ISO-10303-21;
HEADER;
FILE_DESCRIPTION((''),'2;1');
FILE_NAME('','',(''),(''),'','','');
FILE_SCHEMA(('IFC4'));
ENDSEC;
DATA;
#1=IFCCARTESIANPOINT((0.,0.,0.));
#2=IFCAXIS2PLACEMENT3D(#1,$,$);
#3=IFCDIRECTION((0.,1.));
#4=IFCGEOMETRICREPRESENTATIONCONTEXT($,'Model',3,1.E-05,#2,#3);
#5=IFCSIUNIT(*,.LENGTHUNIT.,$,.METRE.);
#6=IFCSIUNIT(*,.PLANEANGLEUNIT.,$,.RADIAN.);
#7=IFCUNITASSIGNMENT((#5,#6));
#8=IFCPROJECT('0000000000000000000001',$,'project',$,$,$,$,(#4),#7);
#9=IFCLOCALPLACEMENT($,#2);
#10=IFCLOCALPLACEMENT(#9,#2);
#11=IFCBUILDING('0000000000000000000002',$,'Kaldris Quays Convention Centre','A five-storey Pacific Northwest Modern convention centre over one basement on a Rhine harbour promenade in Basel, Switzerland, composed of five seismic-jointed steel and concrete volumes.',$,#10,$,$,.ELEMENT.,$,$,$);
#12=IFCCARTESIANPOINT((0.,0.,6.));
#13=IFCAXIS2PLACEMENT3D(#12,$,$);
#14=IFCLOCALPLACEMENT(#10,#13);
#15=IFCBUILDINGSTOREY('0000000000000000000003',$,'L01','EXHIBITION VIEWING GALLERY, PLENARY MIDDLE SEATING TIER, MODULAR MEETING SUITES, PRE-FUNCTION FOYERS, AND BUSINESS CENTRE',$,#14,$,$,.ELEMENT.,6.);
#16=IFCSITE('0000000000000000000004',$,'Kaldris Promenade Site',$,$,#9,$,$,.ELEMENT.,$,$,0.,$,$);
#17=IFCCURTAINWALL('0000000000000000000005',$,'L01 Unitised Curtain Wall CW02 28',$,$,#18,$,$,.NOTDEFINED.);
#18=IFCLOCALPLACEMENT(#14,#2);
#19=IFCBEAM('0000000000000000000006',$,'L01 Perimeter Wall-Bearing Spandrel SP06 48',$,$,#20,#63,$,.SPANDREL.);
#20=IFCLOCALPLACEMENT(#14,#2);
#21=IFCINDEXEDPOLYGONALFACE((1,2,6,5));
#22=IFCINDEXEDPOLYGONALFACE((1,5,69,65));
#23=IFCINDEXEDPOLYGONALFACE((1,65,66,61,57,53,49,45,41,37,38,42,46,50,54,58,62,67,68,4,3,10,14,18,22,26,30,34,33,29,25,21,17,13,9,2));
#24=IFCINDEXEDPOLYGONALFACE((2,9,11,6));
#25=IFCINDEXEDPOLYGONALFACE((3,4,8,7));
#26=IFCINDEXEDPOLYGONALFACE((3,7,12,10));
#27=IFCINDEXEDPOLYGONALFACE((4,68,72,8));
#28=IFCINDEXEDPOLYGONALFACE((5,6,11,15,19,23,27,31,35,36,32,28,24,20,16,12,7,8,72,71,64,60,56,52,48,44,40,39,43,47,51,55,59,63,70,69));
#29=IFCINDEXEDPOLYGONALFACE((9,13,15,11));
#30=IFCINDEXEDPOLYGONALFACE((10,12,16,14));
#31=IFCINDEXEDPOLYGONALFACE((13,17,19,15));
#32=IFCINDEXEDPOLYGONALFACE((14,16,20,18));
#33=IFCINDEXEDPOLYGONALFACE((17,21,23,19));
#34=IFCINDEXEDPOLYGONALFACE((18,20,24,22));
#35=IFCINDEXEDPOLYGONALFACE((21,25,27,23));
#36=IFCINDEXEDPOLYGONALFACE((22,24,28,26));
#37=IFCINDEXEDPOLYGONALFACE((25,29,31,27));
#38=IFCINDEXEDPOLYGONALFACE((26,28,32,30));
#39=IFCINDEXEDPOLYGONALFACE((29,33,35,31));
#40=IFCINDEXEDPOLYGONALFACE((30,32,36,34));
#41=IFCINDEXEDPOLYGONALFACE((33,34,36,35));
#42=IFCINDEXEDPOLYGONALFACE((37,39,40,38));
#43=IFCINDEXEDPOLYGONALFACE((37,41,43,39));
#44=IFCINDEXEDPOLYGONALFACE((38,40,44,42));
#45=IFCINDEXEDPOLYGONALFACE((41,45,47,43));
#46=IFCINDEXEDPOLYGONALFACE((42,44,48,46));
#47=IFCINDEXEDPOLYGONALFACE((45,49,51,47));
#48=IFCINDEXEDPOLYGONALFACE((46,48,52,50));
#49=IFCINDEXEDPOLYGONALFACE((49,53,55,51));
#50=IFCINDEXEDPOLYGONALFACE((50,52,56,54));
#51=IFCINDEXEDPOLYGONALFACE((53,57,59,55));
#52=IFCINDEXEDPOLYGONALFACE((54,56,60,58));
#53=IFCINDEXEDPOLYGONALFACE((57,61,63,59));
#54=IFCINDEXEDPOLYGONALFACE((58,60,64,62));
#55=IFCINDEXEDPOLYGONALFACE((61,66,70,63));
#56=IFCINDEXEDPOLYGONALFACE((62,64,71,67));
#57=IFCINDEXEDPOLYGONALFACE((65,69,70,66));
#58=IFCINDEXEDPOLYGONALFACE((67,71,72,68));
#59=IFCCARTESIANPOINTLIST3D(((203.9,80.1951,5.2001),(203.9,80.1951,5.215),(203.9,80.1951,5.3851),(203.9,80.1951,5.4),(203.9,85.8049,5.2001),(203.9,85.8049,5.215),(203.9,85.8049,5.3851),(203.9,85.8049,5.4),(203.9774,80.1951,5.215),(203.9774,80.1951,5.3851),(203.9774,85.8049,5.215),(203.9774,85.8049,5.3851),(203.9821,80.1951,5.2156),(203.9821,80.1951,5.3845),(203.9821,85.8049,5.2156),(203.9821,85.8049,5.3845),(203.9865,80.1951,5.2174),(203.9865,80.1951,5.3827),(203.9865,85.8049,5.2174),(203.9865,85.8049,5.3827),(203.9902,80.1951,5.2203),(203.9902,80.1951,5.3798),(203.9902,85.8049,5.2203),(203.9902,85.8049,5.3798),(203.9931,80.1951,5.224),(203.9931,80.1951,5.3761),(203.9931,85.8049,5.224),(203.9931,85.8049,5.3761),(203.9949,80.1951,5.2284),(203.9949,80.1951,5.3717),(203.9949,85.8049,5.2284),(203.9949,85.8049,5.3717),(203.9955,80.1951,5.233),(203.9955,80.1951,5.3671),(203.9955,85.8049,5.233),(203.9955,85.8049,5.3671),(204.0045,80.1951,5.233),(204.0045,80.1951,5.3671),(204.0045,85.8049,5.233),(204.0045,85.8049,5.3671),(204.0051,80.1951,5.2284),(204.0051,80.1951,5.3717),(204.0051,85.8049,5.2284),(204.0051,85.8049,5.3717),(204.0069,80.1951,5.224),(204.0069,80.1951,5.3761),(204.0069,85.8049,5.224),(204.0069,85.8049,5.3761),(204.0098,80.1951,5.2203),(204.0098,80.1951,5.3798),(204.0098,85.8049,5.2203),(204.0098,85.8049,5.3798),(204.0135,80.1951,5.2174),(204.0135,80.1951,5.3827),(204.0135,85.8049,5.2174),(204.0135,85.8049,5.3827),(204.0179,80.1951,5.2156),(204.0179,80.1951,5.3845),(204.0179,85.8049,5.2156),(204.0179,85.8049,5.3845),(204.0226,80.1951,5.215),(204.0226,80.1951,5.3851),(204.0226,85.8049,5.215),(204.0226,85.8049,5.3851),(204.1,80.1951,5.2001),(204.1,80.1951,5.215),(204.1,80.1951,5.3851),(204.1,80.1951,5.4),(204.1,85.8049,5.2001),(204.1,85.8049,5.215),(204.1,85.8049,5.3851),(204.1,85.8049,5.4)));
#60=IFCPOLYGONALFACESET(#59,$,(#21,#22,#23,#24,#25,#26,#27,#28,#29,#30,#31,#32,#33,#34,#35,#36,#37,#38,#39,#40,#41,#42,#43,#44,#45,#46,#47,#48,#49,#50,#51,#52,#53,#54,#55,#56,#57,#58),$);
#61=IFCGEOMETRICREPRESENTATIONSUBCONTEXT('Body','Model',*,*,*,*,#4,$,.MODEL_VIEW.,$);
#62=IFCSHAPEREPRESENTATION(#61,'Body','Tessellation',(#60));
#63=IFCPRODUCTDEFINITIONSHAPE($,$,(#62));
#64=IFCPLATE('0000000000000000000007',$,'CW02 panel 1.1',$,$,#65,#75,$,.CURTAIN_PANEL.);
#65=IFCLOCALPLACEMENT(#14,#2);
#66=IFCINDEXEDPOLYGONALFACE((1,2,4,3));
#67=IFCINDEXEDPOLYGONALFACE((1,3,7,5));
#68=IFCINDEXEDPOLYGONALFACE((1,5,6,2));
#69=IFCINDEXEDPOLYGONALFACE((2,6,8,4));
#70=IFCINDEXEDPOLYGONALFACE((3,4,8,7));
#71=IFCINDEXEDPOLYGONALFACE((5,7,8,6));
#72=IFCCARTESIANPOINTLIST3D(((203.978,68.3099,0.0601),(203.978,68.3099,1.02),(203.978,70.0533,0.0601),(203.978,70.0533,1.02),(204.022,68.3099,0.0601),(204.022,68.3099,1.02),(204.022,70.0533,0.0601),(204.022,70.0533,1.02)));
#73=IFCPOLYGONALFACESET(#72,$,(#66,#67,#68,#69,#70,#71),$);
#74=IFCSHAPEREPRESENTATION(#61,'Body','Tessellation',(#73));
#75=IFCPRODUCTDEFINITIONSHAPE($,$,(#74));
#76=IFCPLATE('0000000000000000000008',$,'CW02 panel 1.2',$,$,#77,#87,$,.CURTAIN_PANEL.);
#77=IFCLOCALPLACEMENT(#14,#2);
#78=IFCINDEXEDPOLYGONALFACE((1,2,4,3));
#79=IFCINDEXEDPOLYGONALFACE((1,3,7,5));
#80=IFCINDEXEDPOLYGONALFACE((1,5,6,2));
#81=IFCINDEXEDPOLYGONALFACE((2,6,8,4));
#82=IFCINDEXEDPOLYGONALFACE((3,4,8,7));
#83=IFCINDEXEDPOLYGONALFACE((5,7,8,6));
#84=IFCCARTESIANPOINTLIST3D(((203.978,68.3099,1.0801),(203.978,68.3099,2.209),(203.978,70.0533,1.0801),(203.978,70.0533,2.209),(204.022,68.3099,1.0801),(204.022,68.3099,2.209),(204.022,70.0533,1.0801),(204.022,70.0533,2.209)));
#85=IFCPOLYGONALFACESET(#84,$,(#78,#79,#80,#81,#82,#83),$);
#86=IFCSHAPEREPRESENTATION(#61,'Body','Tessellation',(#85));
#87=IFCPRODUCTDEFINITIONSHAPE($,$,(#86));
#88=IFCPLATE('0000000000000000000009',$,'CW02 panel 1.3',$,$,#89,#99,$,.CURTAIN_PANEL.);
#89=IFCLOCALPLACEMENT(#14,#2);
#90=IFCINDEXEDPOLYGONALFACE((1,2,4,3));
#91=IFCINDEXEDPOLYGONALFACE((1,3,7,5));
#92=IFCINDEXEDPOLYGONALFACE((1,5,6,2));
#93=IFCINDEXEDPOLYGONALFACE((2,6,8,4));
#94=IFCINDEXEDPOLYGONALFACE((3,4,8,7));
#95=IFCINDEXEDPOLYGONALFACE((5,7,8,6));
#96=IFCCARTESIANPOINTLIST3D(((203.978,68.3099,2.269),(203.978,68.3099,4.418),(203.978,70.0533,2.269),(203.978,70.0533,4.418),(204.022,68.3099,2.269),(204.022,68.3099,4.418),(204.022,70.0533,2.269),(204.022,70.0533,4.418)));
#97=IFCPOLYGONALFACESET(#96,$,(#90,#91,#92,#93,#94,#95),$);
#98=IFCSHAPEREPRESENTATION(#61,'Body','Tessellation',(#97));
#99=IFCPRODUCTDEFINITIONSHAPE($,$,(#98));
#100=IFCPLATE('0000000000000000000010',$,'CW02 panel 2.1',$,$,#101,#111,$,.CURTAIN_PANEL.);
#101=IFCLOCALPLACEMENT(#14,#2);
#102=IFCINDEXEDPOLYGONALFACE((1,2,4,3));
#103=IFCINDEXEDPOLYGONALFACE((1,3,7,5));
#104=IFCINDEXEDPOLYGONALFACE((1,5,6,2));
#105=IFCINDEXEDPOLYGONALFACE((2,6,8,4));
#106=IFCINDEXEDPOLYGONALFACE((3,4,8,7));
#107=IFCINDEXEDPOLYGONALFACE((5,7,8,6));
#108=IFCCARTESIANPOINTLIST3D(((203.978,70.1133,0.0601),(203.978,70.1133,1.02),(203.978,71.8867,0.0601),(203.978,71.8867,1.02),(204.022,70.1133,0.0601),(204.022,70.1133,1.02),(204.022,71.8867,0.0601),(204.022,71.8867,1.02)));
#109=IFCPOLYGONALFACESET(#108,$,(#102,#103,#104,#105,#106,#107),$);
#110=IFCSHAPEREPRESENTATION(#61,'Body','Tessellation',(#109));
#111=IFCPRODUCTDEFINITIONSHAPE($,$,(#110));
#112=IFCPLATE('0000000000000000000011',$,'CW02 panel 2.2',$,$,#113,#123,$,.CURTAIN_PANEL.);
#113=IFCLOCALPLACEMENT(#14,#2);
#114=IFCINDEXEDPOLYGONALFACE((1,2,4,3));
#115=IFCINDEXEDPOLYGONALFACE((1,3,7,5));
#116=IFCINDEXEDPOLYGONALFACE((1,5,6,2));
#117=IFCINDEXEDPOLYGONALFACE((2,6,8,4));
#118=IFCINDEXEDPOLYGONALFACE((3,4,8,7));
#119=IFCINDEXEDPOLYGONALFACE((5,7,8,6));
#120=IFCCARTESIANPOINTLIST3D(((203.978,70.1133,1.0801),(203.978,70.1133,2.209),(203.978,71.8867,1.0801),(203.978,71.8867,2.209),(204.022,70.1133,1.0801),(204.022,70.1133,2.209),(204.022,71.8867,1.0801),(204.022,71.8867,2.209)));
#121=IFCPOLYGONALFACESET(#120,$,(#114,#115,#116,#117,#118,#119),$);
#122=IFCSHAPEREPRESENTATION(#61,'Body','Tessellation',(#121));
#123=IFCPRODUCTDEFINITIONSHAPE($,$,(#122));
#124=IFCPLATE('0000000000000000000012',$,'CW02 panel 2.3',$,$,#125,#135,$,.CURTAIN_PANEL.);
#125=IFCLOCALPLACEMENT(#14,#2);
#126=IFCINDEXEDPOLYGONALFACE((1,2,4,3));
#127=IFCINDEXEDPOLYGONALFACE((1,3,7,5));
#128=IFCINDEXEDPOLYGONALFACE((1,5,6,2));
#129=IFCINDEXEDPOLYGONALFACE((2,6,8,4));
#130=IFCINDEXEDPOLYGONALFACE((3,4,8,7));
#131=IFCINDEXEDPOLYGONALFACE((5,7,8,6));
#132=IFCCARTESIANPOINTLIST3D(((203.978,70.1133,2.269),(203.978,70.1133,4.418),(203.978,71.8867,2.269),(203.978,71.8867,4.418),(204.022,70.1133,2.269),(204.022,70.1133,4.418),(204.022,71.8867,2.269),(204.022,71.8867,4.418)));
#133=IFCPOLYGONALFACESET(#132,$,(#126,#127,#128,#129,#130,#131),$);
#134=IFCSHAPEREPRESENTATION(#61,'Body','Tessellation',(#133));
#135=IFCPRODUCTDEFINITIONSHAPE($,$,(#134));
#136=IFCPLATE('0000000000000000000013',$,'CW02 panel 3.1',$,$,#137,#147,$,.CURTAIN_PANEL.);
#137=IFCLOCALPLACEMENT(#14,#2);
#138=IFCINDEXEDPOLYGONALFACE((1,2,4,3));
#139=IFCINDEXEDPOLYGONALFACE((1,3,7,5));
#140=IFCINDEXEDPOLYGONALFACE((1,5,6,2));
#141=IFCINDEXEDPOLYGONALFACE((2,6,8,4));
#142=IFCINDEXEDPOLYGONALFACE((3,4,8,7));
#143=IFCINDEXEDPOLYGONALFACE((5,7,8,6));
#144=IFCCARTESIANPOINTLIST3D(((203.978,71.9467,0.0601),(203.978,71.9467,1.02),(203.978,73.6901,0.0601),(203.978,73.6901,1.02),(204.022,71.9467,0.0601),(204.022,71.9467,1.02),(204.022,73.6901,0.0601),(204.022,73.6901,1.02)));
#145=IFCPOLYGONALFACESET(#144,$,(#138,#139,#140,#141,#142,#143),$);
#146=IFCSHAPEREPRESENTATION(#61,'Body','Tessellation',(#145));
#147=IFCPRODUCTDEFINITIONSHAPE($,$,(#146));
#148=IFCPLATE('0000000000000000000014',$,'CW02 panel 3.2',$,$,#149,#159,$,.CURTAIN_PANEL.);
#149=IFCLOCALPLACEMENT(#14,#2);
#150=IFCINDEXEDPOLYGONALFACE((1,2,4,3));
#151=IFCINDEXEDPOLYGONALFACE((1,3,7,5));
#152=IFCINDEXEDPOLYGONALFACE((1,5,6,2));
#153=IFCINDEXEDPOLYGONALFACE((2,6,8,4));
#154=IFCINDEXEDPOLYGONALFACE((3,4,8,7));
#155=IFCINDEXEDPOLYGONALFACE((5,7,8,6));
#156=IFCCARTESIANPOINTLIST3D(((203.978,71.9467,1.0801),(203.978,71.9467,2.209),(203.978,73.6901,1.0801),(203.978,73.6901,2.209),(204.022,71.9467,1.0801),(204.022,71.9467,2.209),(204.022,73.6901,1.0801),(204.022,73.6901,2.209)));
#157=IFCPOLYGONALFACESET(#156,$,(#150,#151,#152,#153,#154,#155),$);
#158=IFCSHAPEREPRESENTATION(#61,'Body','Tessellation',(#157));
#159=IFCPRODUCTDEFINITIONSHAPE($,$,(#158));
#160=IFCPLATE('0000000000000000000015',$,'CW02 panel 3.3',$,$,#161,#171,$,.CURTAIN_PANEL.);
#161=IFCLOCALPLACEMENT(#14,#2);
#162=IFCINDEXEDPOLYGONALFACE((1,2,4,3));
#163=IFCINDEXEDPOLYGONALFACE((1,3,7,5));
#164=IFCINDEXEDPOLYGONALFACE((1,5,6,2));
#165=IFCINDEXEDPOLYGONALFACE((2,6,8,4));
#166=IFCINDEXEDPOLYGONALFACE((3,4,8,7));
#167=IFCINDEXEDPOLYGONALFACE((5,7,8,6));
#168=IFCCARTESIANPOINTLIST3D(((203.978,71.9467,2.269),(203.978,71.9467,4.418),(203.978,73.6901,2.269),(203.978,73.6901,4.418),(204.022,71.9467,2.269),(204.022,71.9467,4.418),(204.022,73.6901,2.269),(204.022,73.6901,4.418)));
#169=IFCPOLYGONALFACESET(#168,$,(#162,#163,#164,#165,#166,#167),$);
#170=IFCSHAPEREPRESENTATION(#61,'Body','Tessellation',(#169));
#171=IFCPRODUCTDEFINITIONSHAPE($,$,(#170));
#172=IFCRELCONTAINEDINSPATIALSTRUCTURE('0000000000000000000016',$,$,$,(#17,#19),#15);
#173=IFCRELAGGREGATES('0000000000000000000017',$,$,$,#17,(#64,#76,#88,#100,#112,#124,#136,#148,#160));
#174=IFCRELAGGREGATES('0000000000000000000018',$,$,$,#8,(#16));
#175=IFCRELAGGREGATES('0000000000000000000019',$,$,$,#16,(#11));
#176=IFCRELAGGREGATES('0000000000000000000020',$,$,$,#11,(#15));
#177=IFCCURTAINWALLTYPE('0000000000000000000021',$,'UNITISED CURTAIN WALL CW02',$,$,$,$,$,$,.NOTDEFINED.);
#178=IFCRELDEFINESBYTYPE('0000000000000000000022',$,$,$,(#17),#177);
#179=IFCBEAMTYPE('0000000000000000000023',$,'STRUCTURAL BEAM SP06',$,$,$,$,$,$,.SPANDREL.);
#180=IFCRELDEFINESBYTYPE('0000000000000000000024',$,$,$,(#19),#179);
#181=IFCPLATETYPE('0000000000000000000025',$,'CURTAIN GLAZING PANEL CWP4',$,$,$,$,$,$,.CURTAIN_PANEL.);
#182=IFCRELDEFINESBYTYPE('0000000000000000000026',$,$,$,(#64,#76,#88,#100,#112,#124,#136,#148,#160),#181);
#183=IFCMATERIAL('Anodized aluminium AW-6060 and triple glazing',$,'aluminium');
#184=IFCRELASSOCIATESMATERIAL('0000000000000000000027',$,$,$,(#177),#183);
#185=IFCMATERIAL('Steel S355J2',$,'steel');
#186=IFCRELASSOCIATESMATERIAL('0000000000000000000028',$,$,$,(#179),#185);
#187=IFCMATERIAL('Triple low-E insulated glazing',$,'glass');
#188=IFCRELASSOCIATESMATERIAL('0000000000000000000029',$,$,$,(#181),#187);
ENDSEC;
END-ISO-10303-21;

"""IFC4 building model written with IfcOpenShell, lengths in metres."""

from ifc_helpers import new_model, si_unit, direction, frame, origin, origin_2d, place, context, subcontext, project, spatial, rectangle, i_section, extrude, material, material_profile, profile_set, type_object, element, aggregate, save


model = new_model("IFC4")

# Units and contexts
model_context = context("Model", 3, precision=1e-05, world=origin(), true_north=direction((0.0, 1.0)))
body_context = subcontext(model_context, "Body", "Model", "MODEL_VIEW")
ifc_project = project(units=[si_unit("LENGTHUNIT", "METRE"), si_unit("PLANEANGLEUNIT", "RADIAN")], contexts=[model_context])

# Site, building, storey
site_placement = place(None, origin())
site = spatial("IfcSite", under=ifc_project, at=site_placement, Name="Kaldris Promenade Site", CompositionType="ELEMENT", RefElevation=0.0)
building_placement = place(site_placement, origin())
building = spatial("IfcBuilding", under=site, at=building_placement, Name="Kaldris Quays Convention Centre", Description="A five-storey Pacific Northwest Modern convention centre over one basement on a Rhine harbour promenade in Basel, Switzerland, composed of five seismic-jointed steel and concrete volumes.", CompositionType="ELEMENT")
storey_placement = place(building_placement, frame((0.0, 0.0, 6.0)))
storey = spatial("IfcBuildingStorey", under=building, at=storey_placement, Name="L01", Description="EXHIBITION VIEWING GALLERY, PLENARY MIDDLE SEATING TIER, MODULAR MEETING SUITES, PRE-FUNCTION FOYERS, AND BUSINESS CENTRE", CompositionType="ELEMENT", Elevation=6.0)

# Shared definitions
ifc_material_1 = material(Name="Steel S355J2", Category="steel")

# Curtain wall
ifc_material_2 = material(Name="Anodized aluminium AW-6060 and triple glazing", Category="aluminium")
curtain_wall_type = type_object("IfcCurtainWallType", Name="UNITISED CURTAIN WALL CW02", PredefinedType="NOTDEFINED", material=ifc_material_2)
curtain_wall_placement = place(storey_placement, origin())
curtain_wall = element("IfcCurtainWall", 1, at=curtain_wall_placement, inside=storey, type_object=curtain_wall_type, Name="L01 Unitised Curtain Wall CW02 28", PredefinedType="NOTDEFINED")

# Beam
ifc_material_profile_1 = material_profile(ifc_material_1, i_section(OverallWidth=0.2, OverallDepth=0.2, WebThickness=0.009, FlangeThickness=0.0149, FilletRadius=0.0181, at=origin_2d()), Name="HEB 200")
ifc_profile_set_1 = profile_set([ifc_material_profile_1], Name="Steel S355J2")
beam_type_1 = type_object("IfcBeamType", Name="STRUCTURAL BEAM SP06", PredefinedType="SPANDREL", material=ifc_profile_set_1)
beam_1_placement = place(storey_placement, frame((204.0, 80.1951, 5.3), z_axis=(0.0, 1.0, 0.0), x_axis=(-1.0, 0.0, 0.0)))
element("IfcBeam", 2, at=beam_1_placement, inside=storey, type_object=beam_type_1, Name="L01 Perimeter Wall-Bearing Spandrel SP06 48", PredefinedType="SPANDREL", context=body_context, shape_type="SweptSolid", body=[
    extrude(i_section(OverallWidth=0.2, OverallDepth=0.2, WebThickness=0.009, FlangeThickness=0.0149, FilletRadius=0.0181, at=origin_2d()), origin(), (0.0, 0.0, 1.0), 5.6099),
])

# Plates
ifc_material_3 = material(Name="Triple low-E insulated glazing", Category="glass")
plate_type = type_object("IfcPlateType", Name="CURTAIN GLAZING PANEL CWP4", PredefinedType="CURTAIN_PANEL", material=ifc_material_3)
plate_1_placement = place(storey_placement, frame((204.0, 69.1816, 0.0601), z_axis=(0.0, 0.0, 1.0), x_axis=(0.0, 1.0, 0.0)))
plate_1 = element("IfcPlate", 3, at=plate_1_placement, type_object=plate_type, Name="CW02 panel 1.1", PredefinedType="CURTAIN_PANEL", context=body_context, shape_type="SweptSolid", body=[
    extrude(rectangle(XDim=1.7434, YDim=0.0439, at=origin_2d()), origin(), (0.0, 0.0, 1.0), 0.96),
])
plate_2_placement = place(storey_placement, frame((204.0, 69.1816, 1.0801), z_axis=(0.0, 0.0, 1.0), x_axis=(0.0, 1.0, 0.0)))
plate_2 = element("IfcPlate", 4, at=plate_2_placement, type_object=plate_type, Name="CW02 panel 1.2", PredefinedType="CURTAIN_PANEL", context=body_context, shape_type="SweptSolid", body=[
    extrude(rectangle(XDim=1.7434, YDim=0.0439, at=origin_2d()), origin(), (0.0, 0.0, 1.0), 1.1289),
])
plate_3_placement = place(storey_placement, frame((204.0, 69.1816, 2.269), z_axis=(0.0, 0.0, 1.0), x_axis=(0.0, 1.0, 0.0)))
plate_3 = element("IfcPlate", 5, at=plate_3_placement, type_object=plate_type, Name="CW02 panel 1.3", PredefinedType="CURTAIN_PANEL", context=body_context, shape_type="SweptSolid", body=[
    extrude(rectangle(XDim=1.7434, YDim=0.0439, at=origin_2d()), origin(), (0.0, 0.0, 1.0), 2.1489),
])
plate_4_placement = place(storey_placement, frame((204.0, 71.0, 0.0601), z_axis=(0.0, 0.0, 1.0), x_axis=(0.0, 1.0, 0.0)))
plate_4 = element("IfcPlate", 6, at=plate_4_placement, type_object=plate_type, Name="CW02 panel 2.1", PredefinedType="CURTAIN_PANEL", context=body_context, shape_type="SweptSolid", body=[
    extrude(rectangle(XDim=1.7734, YDim=0.0439, at=origin_2d()), origin(), (0.0, 0.0, 1.0), 0.96),
])
plate_5_placement = place(storey_placement, frame((204.0, 71.0, 1.0801), z_axis=(0.0, 0.0, 1.0), x_axis=(0.0, 1.0, 0.0)))
plate_5 = element("IfcPlate", 7, at=plate_5_placement, type_object=plate_type, Name="CW02 panel 2.2", PredefinedType="CURTAIN_PANEL", context=body_context, shape_type="SweptSolid", body=[
    extrude(rectangle(XDim=1.7734, YDim=0.0439, at=origin_2d()), origin(), (0.0, 0.0, 1.0), 1.1289),
])
plate_6_placement = place(storey_placement, frame((204.0, 71.0, 2.269), z_axis=(0.0, 0.0, 1.0), x_axis=(0.0, 1.0, 0.0)))
plate_6 = element("IfcPlate", 8, at=plate_6_placement, type_object=plate_type, Name="CW02 panel 2.3", PredefinedType="CURTAIN_PANEL", context=body_context, shape_type="SweptSolid", body=[
    extrude(rectangle(XDim=1.7734, YDim=0.0439, at=origin_2d()), origin(), (0.0, 0.0, 1.0), 2.1489),
])
plate_7_placement = place(storey_placement, frame((204.0, 72.8184, 0.0601), z_axis=(0.0, 0.0, 1.0), x_axis=(0.0, 1.0, 0.0)))
plate_7 = element("IfcPlate", 9, at=plate_7_placement, type_object=plate_type, Name="CW02 panel 3.1", PredefinedType="CURTAIN_PANEL", context=body_context, shape_type="SweptSolid", body=[
    extrude(rectangle(XDim=1.7434, YDim=0.0439, at=origin_2d()), origin(), (0.0, 0.0, 1.0), 0.96),
])
plate_8_placement = place(storey_placement, frame((204.0, 72.8184, 1.0801), z_axis=(0.0, 0.0, 1.0), x_axis=(0.0, 1.0, 0.0)))
plate_8 = element("IfcPlate", 10, at=plate_8_placement, type_object=plate_type, Name="CW02 panel 3.2", PredefinedType="CURTAIN_PANEL", context=body_context, shape_type="SweptSolid", body=[
    extrude(rectangle(XDim=1.7434, YDim=0.0439, at=origin_2d()), origin(), (0.0, 0.0, 1.0), 1.1289),
])
plate_9_placement = place(storey_placement, frame((204.0, 72.8184, 2.269), z_axis=(0.0, 0.0, 1.0), x_axis=(0.0, 1.0, 0.0)))
plate_9 = element("IfcPlate", 11, at=plate_9_placement, type_object=plate_type, Name="CW02 panel 3.3", PredefinedType="CURTAIN_PANEL", context=body_context, shape_type="SweptSolid", body=[
    extrude(rectangle(XDim=1.7434, YDim=0.0439, at=origin_2d()), origin(), (0.0, 0.0, 1.0), 2.1489),
])
aggregate(curtain_wall, [plate_1, plate_2, plate_3, plate_4, plate_5, plate_6, plate_7, plate_8, plate_9])

save(model, "model.ifc")
